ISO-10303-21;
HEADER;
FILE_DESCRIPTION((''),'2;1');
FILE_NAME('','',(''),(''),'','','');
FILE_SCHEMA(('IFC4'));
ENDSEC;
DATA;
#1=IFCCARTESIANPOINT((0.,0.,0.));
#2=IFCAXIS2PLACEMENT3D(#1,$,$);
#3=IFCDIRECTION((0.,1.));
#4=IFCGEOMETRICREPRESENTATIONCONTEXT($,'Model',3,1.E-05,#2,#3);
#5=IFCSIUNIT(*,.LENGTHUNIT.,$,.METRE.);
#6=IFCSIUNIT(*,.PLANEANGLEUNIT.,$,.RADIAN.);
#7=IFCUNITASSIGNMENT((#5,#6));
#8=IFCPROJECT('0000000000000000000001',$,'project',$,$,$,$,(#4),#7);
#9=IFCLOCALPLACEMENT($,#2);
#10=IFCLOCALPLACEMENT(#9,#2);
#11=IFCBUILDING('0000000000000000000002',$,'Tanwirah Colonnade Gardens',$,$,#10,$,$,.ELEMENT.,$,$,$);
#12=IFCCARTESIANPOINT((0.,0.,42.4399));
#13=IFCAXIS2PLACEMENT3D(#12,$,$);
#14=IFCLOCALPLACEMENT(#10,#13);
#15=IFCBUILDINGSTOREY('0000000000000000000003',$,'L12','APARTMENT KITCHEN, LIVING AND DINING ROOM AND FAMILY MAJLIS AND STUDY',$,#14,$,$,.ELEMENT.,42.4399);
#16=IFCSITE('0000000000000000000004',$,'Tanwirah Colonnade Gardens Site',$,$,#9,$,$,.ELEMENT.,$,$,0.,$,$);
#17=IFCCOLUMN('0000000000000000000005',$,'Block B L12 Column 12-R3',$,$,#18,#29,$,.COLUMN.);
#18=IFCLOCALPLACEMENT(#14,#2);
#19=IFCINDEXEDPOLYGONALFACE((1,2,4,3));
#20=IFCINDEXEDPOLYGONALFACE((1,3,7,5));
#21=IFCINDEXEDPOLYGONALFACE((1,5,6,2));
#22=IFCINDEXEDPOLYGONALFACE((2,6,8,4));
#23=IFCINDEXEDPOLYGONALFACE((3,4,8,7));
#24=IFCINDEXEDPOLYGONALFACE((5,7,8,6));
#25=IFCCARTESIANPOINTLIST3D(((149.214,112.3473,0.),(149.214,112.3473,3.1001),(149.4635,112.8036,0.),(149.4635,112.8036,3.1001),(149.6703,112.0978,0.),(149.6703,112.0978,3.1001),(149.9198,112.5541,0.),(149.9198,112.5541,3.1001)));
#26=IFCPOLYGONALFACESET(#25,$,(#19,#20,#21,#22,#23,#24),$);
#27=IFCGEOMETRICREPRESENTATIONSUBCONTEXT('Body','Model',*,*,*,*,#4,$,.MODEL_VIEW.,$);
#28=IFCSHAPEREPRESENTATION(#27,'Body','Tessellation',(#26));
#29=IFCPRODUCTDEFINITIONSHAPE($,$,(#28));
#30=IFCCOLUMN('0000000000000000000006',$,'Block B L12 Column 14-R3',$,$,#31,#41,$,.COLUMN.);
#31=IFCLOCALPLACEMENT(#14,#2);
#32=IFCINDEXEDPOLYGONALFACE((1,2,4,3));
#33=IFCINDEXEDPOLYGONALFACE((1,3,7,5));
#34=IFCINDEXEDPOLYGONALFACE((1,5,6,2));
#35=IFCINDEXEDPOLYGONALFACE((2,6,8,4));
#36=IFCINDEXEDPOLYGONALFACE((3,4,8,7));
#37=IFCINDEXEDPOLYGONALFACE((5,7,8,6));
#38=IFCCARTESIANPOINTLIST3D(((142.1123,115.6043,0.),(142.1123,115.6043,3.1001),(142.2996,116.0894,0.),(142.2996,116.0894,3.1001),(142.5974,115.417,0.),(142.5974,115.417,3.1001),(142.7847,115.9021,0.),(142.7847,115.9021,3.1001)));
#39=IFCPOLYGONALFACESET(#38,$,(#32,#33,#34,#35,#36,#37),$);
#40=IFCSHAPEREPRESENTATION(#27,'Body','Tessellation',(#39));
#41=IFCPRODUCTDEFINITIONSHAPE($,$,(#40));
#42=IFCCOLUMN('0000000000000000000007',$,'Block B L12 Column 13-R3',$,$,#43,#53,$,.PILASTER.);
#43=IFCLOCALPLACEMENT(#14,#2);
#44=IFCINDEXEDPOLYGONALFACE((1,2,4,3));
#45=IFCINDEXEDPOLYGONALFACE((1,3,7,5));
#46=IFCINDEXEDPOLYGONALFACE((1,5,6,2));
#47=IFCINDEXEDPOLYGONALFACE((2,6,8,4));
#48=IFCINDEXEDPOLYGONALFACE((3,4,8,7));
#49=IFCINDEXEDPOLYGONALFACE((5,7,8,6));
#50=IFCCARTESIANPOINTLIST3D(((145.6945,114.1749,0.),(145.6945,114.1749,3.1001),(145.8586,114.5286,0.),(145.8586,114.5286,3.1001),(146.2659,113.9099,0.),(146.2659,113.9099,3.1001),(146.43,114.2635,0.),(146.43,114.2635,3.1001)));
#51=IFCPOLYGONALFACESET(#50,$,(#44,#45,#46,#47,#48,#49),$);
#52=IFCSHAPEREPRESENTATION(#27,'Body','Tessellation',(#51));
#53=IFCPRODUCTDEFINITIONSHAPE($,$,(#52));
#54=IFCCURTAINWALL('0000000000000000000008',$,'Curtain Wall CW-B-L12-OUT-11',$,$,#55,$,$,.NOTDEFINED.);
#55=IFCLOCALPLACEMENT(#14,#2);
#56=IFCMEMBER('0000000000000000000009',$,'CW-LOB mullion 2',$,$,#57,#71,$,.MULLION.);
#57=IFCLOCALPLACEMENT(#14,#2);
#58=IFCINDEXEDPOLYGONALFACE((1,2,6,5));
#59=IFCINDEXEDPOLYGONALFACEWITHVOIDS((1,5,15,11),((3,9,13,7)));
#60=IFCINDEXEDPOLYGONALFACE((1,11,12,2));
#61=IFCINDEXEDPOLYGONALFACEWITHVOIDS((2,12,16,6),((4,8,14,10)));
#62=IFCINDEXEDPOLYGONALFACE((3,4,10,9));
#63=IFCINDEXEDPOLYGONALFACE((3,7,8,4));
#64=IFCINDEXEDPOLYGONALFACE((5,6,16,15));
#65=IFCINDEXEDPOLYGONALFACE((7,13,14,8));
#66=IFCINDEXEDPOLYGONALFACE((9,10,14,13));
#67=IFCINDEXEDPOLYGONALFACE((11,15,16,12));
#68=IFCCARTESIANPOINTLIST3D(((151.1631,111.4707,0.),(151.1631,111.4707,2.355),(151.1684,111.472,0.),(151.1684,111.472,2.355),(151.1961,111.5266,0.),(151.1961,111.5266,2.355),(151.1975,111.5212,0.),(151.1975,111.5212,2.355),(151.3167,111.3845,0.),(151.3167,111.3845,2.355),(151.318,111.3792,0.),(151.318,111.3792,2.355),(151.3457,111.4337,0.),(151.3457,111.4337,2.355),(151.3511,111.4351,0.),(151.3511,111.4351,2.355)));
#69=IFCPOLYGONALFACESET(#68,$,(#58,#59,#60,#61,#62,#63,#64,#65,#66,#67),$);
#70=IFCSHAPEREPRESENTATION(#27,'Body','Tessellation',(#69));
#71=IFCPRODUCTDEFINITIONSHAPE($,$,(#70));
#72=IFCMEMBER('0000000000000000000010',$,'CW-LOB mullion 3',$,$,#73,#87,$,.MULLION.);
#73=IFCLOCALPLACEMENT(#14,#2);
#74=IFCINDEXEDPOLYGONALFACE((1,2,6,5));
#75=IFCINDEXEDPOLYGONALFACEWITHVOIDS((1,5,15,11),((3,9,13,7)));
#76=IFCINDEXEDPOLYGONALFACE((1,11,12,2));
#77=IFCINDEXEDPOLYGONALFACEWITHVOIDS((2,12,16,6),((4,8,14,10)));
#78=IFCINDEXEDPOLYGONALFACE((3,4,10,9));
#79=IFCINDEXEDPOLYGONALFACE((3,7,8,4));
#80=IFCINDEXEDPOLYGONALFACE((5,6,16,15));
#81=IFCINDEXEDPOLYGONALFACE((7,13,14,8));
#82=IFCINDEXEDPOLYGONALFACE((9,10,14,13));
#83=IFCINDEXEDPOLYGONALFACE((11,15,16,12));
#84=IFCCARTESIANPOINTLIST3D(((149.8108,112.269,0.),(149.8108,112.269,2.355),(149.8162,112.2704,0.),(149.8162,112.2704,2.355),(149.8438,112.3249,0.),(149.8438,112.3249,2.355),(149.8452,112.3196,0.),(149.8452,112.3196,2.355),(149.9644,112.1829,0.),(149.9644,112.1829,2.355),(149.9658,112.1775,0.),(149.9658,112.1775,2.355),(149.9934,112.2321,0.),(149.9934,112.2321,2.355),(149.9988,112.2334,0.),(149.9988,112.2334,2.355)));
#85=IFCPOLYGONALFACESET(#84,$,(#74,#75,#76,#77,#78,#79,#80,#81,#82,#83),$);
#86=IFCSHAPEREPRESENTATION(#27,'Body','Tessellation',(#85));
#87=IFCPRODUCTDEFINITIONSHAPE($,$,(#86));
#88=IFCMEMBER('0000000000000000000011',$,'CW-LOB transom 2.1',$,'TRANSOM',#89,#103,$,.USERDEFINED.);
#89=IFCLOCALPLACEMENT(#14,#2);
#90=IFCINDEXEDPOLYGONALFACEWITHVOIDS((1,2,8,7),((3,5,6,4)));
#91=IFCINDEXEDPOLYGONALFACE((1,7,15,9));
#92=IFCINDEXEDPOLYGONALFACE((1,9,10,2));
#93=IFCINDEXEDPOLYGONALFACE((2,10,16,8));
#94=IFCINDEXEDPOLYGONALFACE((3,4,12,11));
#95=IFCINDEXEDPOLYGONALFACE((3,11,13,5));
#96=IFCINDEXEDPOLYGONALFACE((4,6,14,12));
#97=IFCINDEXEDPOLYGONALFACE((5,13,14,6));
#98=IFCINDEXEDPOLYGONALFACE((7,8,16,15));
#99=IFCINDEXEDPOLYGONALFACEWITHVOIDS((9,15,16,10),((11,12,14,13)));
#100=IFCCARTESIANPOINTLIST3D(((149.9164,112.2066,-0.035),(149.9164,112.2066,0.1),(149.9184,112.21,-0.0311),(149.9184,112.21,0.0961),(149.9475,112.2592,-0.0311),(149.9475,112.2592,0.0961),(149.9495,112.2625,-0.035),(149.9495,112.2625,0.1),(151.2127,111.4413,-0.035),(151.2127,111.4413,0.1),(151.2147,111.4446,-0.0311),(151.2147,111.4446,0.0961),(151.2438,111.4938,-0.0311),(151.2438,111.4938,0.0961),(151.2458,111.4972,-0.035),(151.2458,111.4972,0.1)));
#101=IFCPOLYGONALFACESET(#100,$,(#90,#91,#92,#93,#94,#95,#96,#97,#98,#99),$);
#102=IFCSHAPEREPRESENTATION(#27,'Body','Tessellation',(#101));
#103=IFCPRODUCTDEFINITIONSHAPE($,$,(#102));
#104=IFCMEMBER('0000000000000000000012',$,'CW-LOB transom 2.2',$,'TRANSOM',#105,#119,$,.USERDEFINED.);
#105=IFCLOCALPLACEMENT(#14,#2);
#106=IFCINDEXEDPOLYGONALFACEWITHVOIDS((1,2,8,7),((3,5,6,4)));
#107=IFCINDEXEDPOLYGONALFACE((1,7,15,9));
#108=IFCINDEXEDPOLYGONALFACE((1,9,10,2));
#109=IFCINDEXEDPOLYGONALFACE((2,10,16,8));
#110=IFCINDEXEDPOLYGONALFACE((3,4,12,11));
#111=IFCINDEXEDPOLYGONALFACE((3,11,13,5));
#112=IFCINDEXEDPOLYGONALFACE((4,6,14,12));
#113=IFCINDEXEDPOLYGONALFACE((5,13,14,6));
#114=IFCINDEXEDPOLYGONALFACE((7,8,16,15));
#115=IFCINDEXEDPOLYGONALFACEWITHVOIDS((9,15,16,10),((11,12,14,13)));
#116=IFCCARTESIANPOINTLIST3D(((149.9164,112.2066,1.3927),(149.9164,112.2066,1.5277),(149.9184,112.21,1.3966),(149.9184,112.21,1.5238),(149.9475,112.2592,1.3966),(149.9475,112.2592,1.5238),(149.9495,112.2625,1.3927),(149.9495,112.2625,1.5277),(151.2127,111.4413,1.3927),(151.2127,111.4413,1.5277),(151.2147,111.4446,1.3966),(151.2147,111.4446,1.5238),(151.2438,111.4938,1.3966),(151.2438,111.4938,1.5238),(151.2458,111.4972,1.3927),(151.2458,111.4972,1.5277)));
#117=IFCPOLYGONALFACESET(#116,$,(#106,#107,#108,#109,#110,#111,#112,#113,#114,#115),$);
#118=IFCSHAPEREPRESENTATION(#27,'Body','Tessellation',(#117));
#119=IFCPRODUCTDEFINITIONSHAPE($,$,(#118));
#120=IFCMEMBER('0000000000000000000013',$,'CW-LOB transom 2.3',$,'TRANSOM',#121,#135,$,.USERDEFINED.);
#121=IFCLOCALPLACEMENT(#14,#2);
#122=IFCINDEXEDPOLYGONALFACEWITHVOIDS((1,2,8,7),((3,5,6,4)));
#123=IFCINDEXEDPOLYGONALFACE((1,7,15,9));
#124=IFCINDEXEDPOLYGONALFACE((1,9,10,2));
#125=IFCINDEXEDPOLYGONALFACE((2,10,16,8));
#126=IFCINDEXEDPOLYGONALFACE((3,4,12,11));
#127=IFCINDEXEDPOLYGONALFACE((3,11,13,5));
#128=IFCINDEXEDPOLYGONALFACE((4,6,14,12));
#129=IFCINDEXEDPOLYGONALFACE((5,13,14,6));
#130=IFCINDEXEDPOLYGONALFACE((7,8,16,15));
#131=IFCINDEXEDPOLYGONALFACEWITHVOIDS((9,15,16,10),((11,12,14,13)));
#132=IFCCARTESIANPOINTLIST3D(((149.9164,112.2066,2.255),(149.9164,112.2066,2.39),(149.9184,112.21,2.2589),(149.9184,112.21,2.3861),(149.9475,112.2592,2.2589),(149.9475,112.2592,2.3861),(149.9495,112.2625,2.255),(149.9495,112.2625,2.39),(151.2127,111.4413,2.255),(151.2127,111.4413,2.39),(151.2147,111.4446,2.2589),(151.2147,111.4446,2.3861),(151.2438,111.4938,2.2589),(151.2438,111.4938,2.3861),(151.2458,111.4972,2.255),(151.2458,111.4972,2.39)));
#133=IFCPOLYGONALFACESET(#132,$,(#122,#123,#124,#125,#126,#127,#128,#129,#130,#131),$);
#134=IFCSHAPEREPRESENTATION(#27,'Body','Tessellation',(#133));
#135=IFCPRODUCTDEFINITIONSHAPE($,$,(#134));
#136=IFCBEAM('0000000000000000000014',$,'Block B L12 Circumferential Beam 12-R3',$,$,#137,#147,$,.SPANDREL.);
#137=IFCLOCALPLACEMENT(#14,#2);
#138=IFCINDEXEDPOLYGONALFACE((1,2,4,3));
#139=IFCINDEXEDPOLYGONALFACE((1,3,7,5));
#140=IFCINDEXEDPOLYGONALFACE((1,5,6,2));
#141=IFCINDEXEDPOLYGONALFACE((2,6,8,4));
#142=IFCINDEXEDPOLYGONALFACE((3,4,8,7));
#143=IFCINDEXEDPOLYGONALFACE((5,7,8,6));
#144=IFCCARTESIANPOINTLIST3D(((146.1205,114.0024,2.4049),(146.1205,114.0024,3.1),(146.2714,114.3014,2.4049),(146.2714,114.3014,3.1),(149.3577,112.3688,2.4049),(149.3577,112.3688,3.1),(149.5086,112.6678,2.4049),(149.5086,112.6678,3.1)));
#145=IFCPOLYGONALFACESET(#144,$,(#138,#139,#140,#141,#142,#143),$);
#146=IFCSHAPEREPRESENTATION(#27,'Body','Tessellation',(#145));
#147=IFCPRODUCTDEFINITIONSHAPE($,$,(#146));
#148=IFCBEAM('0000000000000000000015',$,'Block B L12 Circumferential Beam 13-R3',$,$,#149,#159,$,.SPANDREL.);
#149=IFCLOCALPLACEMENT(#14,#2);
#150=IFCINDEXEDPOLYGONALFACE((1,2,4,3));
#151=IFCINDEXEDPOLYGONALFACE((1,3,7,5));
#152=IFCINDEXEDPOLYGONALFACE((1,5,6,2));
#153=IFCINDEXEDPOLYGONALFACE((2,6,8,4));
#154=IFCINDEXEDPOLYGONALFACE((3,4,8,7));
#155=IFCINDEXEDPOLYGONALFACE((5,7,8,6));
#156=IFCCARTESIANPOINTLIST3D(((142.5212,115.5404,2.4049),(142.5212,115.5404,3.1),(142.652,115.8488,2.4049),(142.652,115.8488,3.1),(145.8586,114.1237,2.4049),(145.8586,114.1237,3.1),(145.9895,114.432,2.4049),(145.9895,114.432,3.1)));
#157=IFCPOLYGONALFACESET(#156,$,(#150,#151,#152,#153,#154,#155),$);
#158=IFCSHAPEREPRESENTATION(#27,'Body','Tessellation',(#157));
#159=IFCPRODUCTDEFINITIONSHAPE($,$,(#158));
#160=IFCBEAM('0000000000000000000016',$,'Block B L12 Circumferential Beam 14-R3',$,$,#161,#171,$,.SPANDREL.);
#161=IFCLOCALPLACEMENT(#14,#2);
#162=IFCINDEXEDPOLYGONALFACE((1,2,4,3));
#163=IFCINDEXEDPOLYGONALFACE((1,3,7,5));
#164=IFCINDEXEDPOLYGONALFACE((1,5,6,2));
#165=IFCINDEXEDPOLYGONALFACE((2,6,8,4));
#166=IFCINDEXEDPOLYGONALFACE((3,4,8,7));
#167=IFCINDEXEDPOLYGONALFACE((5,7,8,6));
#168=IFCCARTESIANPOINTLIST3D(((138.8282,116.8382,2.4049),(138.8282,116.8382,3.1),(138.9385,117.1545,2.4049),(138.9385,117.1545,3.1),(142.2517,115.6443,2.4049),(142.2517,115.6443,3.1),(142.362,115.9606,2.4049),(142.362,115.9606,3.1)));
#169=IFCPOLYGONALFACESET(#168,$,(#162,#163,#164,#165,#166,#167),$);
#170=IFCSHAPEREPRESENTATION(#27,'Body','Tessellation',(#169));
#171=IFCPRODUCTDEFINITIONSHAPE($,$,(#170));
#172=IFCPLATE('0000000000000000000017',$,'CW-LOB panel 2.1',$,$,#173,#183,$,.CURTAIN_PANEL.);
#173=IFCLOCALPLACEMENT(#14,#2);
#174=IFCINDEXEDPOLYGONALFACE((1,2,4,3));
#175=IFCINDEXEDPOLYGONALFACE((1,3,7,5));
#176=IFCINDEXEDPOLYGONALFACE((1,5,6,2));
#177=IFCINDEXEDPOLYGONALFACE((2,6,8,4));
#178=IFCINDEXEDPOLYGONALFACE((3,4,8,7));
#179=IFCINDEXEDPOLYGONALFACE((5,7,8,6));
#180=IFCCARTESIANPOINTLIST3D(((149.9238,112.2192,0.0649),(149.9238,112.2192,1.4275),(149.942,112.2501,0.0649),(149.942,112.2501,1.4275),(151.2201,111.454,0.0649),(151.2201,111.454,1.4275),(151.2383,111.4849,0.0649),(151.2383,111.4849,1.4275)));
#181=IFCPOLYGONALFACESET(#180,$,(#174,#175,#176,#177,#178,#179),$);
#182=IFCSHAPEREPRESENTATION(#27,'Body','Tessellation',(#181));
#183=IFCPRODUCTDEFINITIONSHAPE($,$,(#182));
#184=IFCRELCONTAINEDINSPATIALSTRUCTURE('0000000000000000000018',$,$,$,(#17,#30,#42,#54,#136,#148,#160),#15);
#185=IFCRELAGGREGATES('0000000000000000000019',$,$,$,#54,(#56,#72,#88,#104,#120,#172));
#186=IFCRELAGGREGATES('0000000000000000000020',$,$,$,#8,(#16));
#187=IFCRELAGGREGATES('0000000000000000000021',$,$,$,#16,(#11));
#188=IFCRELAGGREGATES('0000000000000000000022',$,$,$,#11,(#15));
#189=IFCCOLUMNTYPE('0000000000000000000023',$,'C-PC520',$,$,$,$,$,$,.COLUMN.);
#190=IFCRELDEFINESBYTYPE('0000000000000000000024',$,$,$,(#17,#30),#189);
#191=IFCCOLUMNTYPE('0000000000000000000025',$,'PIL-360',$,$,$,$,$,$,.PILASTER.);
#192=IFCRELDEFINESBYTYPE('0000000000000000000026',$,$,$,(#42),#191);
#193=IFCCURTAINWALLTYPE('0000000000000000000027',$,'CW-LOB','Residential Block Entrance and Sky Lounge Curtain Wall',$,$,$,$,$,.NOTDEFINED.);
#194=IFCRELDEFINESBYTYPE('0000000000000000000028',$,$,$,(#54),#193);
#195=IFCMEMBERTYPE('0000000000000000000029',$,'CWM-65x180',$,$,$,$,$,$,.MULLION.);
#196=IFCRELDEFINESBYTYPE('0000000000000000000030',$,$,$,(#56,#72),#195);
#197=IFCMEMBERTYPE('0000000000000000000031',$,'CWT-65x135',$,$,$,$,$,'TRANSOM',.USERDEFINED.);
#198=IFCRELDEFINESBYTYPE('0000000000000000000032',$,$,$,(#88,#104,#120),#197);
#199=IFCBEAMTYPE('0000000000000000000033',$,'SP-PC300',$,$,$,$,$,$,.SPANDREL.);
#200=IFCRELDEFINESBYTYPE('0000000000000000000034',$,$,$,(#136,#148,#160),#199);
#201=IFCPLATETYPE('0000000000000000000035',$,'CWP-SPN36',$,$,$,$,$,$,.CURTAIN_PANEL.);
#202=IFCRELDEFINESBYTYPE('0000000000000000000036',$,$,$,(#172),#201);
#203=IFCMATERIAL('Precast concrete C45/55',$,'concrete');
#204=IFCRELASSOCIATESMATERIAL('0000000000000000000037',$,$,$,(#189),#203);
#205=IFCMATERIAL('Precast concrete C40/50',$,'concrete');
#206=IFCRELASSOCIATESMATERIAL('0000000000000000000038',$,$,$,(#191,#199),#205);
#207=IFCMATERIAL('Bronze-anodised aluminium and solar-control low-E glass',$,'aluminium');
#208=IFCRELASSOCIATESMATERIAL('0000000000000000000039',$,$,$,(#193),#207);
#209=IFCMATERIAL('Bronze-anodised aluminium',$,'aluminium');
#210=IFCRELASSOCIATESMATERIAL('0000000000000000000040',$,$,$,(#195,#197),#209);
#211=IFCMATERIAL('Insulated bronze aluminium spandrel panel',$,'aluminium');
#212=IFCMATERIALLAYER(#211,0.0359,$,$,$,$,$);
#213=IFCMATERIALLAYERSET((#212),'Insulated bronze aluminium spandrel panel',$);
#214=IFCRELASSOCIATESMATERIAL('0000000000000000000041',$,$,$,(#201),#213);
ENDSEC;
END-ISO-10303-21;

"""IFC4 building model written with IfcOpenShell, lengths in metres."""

from ifc_helpers import new_model, si_unit, direction, frame, origin, origin_2d, place, context, subcontext, project, spatial, rectangle, hollow_rectangle, extrude, material, layer, layer_set, material_profile, profile_set, type_object, element, aggregate, save


model = new_model("IFC4")

# Units and contexts
model_context = context("Model", 3, precision=1e-05, world=origin(), true_north=direction((0.0, 1.0)))
body_context = subcontext(model_context, "Body", "Model", "MODEL_VIEW")
ifc_project = project(units=[si_unit("LENGTHUNIT", "METRE"), si_unit("PLANEANGLEUNIT", "RADIAN")], contexts=[model_context])

# Site, building, storey
site_placement = place(None, origin())
site = spatial("IfcSite", under=ifc_project, at=site_placement, Name="Tanwirah Colonnade Gardens Site", CompositionType="ELEMENT", RefElevation=0.0)
building_placement = place(site_placement, origin())
building = spatial("IfcBuilding", under=site, at=building_placement, Name="Tanwirah Colonnade Gardens", CompositionType="ELEMENT")
storey_placement = place(building_placement, frame((0.0, 0.0, 42.4399)))
storey = spatial("IfcBuildingStorey", under=building, at=storey_placement, Name="L12", Description="APARTMENT KITCHEN, LIVING AND DINING ROOM AND FAMILY MAJLIS AND STUDY", CompositionType="ELEMENT", Elevation=42.4399)

# Columns
ifc_material_1 = material(Name="Precast concrete C45/55", Category="concrete")
ifc_material_profile_1 = material_profile(ifc_material_1, rectangle(XDim=0.52, YDim=0.52, at=origin_2d()), Name="PC-COL 520x520")
ifc_profile_set_1 = profile_set([ifc_material_profile_1], Name="Precast concrete C45/55")
column_type_1 = type_object("IfcColumnType", Name="C-PC520", PredefinedType="COLUMN", material=ifc_profile_set_1)
for number, where, z_axis, x_axis, name in (
    (1, (149.5669, 112.4507, 0.0), (0.0, 0.0, 1.0), (0.479713, 0.877425, 0.0), "Block B L12 Column 12-R3"),
    (2, (142.4485, 115.7532, 0.0), (0.0, 0.0, 1.0), (0.360178, 0.932884, 0.0), "Block B L12 Column 14-R3"),
):
    element("IfcColumn", number, at=place(storey_placement, frame(where, z_axis=z_axis, x_axis=x_axis)), inside=storey, type_object=column_type_1, Name=name, PredefinedType="COLUMN", context=body_context, shape_type="SweptSolid", body=[
        extrude(rectangle(XDim=0.52, YDim=0.52, at=origin_2d()), origin(), (0.0, 0.0, 1.0), 3.1001),
    ])
ifc_material_2 = material(Name="Precast concrete C40/50", Category="concrete")
ifc_material_profile_2 = material_profile(ifc_material_2, rectangle(XDim=0.3899, YDim=0.6299, at=origin_2d()), Name="PC-PIL 390x630")
ifc_profile_set_2 = profile_set([ifc_material_profile_2], Name="Precast concrete C40/50")
column_type_2 = type_object("IfcColumnType", Name="PIL-360", PredefinedType="PILASTER", material=ifc_profile_set_2)
column_placement = place(storey_placement, frame((146.0623, 114.2192, 0.0), z_axis=(0.0, 0.0, 1.0), x_axis=(0.42086, 0.907126, 0.0)))
element("IfcColumn", 3, at=column_placement, inside=storey, type_object=column_type_2, Name="Block B L12 Column 13-R3", PredefinedType="PILASTER", context=body_context, shape_type="SweptSolid", body=[
    extrude(rectangle(XDim=0.3899, YDim=0.6299, at=origin_2d()), origin(), (0.0, 0.0, 1.0), 3.1001),
])

# Curtain wall, members
ifc_material_3 = material(Name="Bronze-anodised aluminium and solar-control low-E glass", Category="aluminium")
curtain_wall_type = type_object("IfcCurtainWallType", Name="CW-LOB", Description="Residential Block Entrance and Sky Lounge Curtain Wall", PredefinedType="NOTDEFINED", material=ifc_material_3)
curtain_wall_placement = place(storey_placement, origin())
curtain_wall = element("IfcCurtainWall", 4, at=curtain_wall_placement, inside=storey, type_object=curtain_wall_type, Name="Curtain Wall CW-B-L12-OUT-11", PredefinedType="NOTDEFINED")
ifc_material_4 = material(Name="Bronze-anodised aluminium", Category="aluminium")
ifc_material_profile_3 = material_profile(ifc_material_4, hollow_rectangle(XDim=0.0649, YDim=0.1799, WallThickness=0.0039, at=origin_2d()), Name="CW-MUL 65x180x4")
ifc_profile_set_3 = profile_set([ifc_material_profile_3], Name="Bronze-anodised aluminium")
member_type_1 = type_object("IfcMemberType", Name="CWM-65x180", PredefinedType="MULLION", material=ifc_profile_set_3)
member_1_placement = place(storey_placement, frame((151.2571, 111.4529, 0.0), z_axis=(0.0, 0.0, 1.0), x_axis=(-0.508372, -0.861137, 0.0)))
member_1 = element("IfcMember", 5, at=member_1_placement, type_object=member_type_1, Name="CW-LOB mullion 2", PredefinedType="MULLION", context=body_context, shape_type="SweptSolid", body=[
    extrude(hollow_rectangle(XDim=0.0649, YDim=0.1799, WallThickness=0.0039, at=origin_2d()), origin(), (0.0, 0.0, 1.0), 2.355),
])
member_2_placement = place(storey_placement, frame((149.9048, 112.2512, 0.0), z_axis=(0.0, 0.0, 1.0), x_axis=(-0.508372, -0.861137, 0.0)))
member_2 = element("IfcMember", 6, at=member_2_placement, type_object=member_type_1, Name="CW-LOB mullion 3", PredefinedType="MULLION", context=body_context, shape_type="SweptSolid", body=[
    extrude(hollow_rectangle(XDim=0.0649, YDim=0.1799, WallThickness=0.0039, at=origin_2d()), origin(), (0.0, 0.0, 1.0), 2.355),
])
ifc_material_profile_4 = material_profile(ifc_material_4, hollow_rectangle(XDim=0.0649, YDim=0.135, WallThickness=0.0039, at=origin_2d()), Name="CW-TRN 65x135x4")
ifc_profile_set_4 = profile_set([ifc_material_profile_4], Name="Bronze-anodised aluminium")
member_type_2 = type_object("IfcMemberType", Name="CWT-65x135", ElementType="TRANSOM", PredefinedType="USERDEFINED", material=ifc_profile_set_4)
member_3_placement = place(storey_placement, frame((151.2292, 111.4692, 0.0325), z_axis=(-0.86112, 0.508401, 0.0), x_axis=(-0.508401, -0.86112, 0.0)))
member_3 = element("IfcMember", 7, at=member_3_placement, type_object=member_type_2, Name="CW-LOB transom 2.1", ObjectType="TRANSOM", PredefinedType="USERDEFINED", context=body_context, shape_type="SweptSolid", body=[
    extrude(hollow_rectangle(XDim=0.0649, YDim=0.135, WallThickness=0.0039, at=origin_2d()), origin(), (0.0, 0.0, 1.0), 1.5054),
])
member_4_placement = place(storey_placement, frame((151.2292, 111.4692, 1.4602), z_axis=(-0.86112, 0.508401, 0.0), x_axis=(-0.508401, -0.86112, 0.0)))
member_4 = element("IfcMember", 8, at=member_4_placement, type_object=member_type_2, Name="CW-LOB transom 2.2", ObjectType="TRANSOM", PredefinedType="USERDEFINED", context=body_context, shape_type="SweptSolid", body=[
    extrude(hollow_rectangle(XDim=0.0649, YDim=0.135, WallThickness=0.0039, at=origin_2d()), origin(), (0.0, 0.0, 1.0), 1.5054),
])
member_5_placement = place(storey_placement, frame((151.2292, 111.4692, 2.3225), z_axis=(-0.86112, 0.508401, 0.0), x_axis=(-0.508401, -0.86112, 0.0)))
member_5 = element("IfcMember", 9, at=member_5_placement, type_object=member_type_2, Name="CW-LOB transom 2.3", ObjectType="TRANSOM", PredefinedType="USERDEFINED", context=body_context, shape_type="SweptSolid", body=[
    extrude(hollow_rectangle(XDim=0.0649, YDim=0.135, WallThickness=0.0039, at=origin_2d()), origin(), (0.0, 0.0, 1.0), 1.5054),
])

# Beams
ifc_material_profile_5 = material_profile(ifc_material_2, rectangle(XDim=0.335, YDim=0.6951, at=origin_2d()), Name="PC-SP 335x695")
ifc_profile_set_5 = profile_set([ifc_material_profile_5], Name="Precast concrete C40/50")
beam_type = type_object("IfcBeamType", Name="SP-PC300", PredefinedType="SPANDREL", material=ifc_profile_set_5)
beam_placement = place(storey_placement, frame((149.4331, 112.5183, 2.7524), z_axis=(-0.892765, 0.450523, 0.0), x_axis=(-0.450523, -0.892765, 0.0)))
element("IfcBeam", 10, at=beam_placement, inside=storey, type_object=beam_type, Name="Block B L12 Circumferential Beam 12-R3", PredefinedType="SPANDREL", context=body_context, shape_type="SweptSolid", body=[
    extrude(rectangle(XDim=0.335, YDim=0.6951, at=origin_2d()), origin(), (0.0, 0.0, 1.0), 3.626),
])
for number, where, z_axis, x_axis, name in (
    (11, (145.9241, 114.2778, 2.7524), (-0.920494, 0.390756, 0.0), (-0.390756, -0.920494, 0.0), "Block B L12 Circumferential Beam 13-R3"),
    (12, (142.3069, 115.8025, 2.7524), (-0.944237, 0.329267, 0.0), (-0.329267, -0.944237, 0.0), "Block B L12 Circumferential Beam 14-R3"),
):
    element("IfcBeam", number, at=place(storey_placement, frame(where, z_axis=z_axis, x_axis=x_axis)), inside=storey, type_object=beam_type, Name=name, PredefinedType="SPANDREL", context=body_context, shape_type="SweptSolid", body=[
        extrude(rectangle(XDim=0.335, YDim=0.6951, at=origin_2d()), origin(), (0.0, 0.0, 1.0), 3.6257),
    ])

# Plate
ifc_material_5 = material(Name="Insulated bronze aluminium spandrel panel", Category="aluminium")
ifc_layer_1 = layer(ifc_material_5, 0.0359)
ifc_layer_set_1 = layer_set([ifc_layer_1], Name="Insulated bronze aluminium spandrel panel")
plate_type = type_object("IfcPlateType", Name="CWP-SPN36", PredefinedType="CURTAIN_PANEL", material=ifc_layer_set_1)
plate_1_placement = place(storey_placement, frame((150.5811, 111.8521, 0.0649), z_axis=(0.0, 0.0, 1.0), x_axis=(-0.861137, 0.508372, 0.0)))
plate_1 = element("IfcPlate", 13, at=plate_1_placement, type_object=plate_type, Name="CW-LOB panel 2.1", PredefinedType="CURTAIN_PANEL", context=body_context, shape_type="SweptSolid", body=[
    extrude(rectangle(XDim=1.5054, YDim=0.0359, at=origin_2d()), origin(), (0.0, 0.0, 1.0), 1.3625),
])
aggregate(curtain_wall, [member_1, member_2, member_3, member_4, member_5, plate_1])

save(model, "model.ifc")
